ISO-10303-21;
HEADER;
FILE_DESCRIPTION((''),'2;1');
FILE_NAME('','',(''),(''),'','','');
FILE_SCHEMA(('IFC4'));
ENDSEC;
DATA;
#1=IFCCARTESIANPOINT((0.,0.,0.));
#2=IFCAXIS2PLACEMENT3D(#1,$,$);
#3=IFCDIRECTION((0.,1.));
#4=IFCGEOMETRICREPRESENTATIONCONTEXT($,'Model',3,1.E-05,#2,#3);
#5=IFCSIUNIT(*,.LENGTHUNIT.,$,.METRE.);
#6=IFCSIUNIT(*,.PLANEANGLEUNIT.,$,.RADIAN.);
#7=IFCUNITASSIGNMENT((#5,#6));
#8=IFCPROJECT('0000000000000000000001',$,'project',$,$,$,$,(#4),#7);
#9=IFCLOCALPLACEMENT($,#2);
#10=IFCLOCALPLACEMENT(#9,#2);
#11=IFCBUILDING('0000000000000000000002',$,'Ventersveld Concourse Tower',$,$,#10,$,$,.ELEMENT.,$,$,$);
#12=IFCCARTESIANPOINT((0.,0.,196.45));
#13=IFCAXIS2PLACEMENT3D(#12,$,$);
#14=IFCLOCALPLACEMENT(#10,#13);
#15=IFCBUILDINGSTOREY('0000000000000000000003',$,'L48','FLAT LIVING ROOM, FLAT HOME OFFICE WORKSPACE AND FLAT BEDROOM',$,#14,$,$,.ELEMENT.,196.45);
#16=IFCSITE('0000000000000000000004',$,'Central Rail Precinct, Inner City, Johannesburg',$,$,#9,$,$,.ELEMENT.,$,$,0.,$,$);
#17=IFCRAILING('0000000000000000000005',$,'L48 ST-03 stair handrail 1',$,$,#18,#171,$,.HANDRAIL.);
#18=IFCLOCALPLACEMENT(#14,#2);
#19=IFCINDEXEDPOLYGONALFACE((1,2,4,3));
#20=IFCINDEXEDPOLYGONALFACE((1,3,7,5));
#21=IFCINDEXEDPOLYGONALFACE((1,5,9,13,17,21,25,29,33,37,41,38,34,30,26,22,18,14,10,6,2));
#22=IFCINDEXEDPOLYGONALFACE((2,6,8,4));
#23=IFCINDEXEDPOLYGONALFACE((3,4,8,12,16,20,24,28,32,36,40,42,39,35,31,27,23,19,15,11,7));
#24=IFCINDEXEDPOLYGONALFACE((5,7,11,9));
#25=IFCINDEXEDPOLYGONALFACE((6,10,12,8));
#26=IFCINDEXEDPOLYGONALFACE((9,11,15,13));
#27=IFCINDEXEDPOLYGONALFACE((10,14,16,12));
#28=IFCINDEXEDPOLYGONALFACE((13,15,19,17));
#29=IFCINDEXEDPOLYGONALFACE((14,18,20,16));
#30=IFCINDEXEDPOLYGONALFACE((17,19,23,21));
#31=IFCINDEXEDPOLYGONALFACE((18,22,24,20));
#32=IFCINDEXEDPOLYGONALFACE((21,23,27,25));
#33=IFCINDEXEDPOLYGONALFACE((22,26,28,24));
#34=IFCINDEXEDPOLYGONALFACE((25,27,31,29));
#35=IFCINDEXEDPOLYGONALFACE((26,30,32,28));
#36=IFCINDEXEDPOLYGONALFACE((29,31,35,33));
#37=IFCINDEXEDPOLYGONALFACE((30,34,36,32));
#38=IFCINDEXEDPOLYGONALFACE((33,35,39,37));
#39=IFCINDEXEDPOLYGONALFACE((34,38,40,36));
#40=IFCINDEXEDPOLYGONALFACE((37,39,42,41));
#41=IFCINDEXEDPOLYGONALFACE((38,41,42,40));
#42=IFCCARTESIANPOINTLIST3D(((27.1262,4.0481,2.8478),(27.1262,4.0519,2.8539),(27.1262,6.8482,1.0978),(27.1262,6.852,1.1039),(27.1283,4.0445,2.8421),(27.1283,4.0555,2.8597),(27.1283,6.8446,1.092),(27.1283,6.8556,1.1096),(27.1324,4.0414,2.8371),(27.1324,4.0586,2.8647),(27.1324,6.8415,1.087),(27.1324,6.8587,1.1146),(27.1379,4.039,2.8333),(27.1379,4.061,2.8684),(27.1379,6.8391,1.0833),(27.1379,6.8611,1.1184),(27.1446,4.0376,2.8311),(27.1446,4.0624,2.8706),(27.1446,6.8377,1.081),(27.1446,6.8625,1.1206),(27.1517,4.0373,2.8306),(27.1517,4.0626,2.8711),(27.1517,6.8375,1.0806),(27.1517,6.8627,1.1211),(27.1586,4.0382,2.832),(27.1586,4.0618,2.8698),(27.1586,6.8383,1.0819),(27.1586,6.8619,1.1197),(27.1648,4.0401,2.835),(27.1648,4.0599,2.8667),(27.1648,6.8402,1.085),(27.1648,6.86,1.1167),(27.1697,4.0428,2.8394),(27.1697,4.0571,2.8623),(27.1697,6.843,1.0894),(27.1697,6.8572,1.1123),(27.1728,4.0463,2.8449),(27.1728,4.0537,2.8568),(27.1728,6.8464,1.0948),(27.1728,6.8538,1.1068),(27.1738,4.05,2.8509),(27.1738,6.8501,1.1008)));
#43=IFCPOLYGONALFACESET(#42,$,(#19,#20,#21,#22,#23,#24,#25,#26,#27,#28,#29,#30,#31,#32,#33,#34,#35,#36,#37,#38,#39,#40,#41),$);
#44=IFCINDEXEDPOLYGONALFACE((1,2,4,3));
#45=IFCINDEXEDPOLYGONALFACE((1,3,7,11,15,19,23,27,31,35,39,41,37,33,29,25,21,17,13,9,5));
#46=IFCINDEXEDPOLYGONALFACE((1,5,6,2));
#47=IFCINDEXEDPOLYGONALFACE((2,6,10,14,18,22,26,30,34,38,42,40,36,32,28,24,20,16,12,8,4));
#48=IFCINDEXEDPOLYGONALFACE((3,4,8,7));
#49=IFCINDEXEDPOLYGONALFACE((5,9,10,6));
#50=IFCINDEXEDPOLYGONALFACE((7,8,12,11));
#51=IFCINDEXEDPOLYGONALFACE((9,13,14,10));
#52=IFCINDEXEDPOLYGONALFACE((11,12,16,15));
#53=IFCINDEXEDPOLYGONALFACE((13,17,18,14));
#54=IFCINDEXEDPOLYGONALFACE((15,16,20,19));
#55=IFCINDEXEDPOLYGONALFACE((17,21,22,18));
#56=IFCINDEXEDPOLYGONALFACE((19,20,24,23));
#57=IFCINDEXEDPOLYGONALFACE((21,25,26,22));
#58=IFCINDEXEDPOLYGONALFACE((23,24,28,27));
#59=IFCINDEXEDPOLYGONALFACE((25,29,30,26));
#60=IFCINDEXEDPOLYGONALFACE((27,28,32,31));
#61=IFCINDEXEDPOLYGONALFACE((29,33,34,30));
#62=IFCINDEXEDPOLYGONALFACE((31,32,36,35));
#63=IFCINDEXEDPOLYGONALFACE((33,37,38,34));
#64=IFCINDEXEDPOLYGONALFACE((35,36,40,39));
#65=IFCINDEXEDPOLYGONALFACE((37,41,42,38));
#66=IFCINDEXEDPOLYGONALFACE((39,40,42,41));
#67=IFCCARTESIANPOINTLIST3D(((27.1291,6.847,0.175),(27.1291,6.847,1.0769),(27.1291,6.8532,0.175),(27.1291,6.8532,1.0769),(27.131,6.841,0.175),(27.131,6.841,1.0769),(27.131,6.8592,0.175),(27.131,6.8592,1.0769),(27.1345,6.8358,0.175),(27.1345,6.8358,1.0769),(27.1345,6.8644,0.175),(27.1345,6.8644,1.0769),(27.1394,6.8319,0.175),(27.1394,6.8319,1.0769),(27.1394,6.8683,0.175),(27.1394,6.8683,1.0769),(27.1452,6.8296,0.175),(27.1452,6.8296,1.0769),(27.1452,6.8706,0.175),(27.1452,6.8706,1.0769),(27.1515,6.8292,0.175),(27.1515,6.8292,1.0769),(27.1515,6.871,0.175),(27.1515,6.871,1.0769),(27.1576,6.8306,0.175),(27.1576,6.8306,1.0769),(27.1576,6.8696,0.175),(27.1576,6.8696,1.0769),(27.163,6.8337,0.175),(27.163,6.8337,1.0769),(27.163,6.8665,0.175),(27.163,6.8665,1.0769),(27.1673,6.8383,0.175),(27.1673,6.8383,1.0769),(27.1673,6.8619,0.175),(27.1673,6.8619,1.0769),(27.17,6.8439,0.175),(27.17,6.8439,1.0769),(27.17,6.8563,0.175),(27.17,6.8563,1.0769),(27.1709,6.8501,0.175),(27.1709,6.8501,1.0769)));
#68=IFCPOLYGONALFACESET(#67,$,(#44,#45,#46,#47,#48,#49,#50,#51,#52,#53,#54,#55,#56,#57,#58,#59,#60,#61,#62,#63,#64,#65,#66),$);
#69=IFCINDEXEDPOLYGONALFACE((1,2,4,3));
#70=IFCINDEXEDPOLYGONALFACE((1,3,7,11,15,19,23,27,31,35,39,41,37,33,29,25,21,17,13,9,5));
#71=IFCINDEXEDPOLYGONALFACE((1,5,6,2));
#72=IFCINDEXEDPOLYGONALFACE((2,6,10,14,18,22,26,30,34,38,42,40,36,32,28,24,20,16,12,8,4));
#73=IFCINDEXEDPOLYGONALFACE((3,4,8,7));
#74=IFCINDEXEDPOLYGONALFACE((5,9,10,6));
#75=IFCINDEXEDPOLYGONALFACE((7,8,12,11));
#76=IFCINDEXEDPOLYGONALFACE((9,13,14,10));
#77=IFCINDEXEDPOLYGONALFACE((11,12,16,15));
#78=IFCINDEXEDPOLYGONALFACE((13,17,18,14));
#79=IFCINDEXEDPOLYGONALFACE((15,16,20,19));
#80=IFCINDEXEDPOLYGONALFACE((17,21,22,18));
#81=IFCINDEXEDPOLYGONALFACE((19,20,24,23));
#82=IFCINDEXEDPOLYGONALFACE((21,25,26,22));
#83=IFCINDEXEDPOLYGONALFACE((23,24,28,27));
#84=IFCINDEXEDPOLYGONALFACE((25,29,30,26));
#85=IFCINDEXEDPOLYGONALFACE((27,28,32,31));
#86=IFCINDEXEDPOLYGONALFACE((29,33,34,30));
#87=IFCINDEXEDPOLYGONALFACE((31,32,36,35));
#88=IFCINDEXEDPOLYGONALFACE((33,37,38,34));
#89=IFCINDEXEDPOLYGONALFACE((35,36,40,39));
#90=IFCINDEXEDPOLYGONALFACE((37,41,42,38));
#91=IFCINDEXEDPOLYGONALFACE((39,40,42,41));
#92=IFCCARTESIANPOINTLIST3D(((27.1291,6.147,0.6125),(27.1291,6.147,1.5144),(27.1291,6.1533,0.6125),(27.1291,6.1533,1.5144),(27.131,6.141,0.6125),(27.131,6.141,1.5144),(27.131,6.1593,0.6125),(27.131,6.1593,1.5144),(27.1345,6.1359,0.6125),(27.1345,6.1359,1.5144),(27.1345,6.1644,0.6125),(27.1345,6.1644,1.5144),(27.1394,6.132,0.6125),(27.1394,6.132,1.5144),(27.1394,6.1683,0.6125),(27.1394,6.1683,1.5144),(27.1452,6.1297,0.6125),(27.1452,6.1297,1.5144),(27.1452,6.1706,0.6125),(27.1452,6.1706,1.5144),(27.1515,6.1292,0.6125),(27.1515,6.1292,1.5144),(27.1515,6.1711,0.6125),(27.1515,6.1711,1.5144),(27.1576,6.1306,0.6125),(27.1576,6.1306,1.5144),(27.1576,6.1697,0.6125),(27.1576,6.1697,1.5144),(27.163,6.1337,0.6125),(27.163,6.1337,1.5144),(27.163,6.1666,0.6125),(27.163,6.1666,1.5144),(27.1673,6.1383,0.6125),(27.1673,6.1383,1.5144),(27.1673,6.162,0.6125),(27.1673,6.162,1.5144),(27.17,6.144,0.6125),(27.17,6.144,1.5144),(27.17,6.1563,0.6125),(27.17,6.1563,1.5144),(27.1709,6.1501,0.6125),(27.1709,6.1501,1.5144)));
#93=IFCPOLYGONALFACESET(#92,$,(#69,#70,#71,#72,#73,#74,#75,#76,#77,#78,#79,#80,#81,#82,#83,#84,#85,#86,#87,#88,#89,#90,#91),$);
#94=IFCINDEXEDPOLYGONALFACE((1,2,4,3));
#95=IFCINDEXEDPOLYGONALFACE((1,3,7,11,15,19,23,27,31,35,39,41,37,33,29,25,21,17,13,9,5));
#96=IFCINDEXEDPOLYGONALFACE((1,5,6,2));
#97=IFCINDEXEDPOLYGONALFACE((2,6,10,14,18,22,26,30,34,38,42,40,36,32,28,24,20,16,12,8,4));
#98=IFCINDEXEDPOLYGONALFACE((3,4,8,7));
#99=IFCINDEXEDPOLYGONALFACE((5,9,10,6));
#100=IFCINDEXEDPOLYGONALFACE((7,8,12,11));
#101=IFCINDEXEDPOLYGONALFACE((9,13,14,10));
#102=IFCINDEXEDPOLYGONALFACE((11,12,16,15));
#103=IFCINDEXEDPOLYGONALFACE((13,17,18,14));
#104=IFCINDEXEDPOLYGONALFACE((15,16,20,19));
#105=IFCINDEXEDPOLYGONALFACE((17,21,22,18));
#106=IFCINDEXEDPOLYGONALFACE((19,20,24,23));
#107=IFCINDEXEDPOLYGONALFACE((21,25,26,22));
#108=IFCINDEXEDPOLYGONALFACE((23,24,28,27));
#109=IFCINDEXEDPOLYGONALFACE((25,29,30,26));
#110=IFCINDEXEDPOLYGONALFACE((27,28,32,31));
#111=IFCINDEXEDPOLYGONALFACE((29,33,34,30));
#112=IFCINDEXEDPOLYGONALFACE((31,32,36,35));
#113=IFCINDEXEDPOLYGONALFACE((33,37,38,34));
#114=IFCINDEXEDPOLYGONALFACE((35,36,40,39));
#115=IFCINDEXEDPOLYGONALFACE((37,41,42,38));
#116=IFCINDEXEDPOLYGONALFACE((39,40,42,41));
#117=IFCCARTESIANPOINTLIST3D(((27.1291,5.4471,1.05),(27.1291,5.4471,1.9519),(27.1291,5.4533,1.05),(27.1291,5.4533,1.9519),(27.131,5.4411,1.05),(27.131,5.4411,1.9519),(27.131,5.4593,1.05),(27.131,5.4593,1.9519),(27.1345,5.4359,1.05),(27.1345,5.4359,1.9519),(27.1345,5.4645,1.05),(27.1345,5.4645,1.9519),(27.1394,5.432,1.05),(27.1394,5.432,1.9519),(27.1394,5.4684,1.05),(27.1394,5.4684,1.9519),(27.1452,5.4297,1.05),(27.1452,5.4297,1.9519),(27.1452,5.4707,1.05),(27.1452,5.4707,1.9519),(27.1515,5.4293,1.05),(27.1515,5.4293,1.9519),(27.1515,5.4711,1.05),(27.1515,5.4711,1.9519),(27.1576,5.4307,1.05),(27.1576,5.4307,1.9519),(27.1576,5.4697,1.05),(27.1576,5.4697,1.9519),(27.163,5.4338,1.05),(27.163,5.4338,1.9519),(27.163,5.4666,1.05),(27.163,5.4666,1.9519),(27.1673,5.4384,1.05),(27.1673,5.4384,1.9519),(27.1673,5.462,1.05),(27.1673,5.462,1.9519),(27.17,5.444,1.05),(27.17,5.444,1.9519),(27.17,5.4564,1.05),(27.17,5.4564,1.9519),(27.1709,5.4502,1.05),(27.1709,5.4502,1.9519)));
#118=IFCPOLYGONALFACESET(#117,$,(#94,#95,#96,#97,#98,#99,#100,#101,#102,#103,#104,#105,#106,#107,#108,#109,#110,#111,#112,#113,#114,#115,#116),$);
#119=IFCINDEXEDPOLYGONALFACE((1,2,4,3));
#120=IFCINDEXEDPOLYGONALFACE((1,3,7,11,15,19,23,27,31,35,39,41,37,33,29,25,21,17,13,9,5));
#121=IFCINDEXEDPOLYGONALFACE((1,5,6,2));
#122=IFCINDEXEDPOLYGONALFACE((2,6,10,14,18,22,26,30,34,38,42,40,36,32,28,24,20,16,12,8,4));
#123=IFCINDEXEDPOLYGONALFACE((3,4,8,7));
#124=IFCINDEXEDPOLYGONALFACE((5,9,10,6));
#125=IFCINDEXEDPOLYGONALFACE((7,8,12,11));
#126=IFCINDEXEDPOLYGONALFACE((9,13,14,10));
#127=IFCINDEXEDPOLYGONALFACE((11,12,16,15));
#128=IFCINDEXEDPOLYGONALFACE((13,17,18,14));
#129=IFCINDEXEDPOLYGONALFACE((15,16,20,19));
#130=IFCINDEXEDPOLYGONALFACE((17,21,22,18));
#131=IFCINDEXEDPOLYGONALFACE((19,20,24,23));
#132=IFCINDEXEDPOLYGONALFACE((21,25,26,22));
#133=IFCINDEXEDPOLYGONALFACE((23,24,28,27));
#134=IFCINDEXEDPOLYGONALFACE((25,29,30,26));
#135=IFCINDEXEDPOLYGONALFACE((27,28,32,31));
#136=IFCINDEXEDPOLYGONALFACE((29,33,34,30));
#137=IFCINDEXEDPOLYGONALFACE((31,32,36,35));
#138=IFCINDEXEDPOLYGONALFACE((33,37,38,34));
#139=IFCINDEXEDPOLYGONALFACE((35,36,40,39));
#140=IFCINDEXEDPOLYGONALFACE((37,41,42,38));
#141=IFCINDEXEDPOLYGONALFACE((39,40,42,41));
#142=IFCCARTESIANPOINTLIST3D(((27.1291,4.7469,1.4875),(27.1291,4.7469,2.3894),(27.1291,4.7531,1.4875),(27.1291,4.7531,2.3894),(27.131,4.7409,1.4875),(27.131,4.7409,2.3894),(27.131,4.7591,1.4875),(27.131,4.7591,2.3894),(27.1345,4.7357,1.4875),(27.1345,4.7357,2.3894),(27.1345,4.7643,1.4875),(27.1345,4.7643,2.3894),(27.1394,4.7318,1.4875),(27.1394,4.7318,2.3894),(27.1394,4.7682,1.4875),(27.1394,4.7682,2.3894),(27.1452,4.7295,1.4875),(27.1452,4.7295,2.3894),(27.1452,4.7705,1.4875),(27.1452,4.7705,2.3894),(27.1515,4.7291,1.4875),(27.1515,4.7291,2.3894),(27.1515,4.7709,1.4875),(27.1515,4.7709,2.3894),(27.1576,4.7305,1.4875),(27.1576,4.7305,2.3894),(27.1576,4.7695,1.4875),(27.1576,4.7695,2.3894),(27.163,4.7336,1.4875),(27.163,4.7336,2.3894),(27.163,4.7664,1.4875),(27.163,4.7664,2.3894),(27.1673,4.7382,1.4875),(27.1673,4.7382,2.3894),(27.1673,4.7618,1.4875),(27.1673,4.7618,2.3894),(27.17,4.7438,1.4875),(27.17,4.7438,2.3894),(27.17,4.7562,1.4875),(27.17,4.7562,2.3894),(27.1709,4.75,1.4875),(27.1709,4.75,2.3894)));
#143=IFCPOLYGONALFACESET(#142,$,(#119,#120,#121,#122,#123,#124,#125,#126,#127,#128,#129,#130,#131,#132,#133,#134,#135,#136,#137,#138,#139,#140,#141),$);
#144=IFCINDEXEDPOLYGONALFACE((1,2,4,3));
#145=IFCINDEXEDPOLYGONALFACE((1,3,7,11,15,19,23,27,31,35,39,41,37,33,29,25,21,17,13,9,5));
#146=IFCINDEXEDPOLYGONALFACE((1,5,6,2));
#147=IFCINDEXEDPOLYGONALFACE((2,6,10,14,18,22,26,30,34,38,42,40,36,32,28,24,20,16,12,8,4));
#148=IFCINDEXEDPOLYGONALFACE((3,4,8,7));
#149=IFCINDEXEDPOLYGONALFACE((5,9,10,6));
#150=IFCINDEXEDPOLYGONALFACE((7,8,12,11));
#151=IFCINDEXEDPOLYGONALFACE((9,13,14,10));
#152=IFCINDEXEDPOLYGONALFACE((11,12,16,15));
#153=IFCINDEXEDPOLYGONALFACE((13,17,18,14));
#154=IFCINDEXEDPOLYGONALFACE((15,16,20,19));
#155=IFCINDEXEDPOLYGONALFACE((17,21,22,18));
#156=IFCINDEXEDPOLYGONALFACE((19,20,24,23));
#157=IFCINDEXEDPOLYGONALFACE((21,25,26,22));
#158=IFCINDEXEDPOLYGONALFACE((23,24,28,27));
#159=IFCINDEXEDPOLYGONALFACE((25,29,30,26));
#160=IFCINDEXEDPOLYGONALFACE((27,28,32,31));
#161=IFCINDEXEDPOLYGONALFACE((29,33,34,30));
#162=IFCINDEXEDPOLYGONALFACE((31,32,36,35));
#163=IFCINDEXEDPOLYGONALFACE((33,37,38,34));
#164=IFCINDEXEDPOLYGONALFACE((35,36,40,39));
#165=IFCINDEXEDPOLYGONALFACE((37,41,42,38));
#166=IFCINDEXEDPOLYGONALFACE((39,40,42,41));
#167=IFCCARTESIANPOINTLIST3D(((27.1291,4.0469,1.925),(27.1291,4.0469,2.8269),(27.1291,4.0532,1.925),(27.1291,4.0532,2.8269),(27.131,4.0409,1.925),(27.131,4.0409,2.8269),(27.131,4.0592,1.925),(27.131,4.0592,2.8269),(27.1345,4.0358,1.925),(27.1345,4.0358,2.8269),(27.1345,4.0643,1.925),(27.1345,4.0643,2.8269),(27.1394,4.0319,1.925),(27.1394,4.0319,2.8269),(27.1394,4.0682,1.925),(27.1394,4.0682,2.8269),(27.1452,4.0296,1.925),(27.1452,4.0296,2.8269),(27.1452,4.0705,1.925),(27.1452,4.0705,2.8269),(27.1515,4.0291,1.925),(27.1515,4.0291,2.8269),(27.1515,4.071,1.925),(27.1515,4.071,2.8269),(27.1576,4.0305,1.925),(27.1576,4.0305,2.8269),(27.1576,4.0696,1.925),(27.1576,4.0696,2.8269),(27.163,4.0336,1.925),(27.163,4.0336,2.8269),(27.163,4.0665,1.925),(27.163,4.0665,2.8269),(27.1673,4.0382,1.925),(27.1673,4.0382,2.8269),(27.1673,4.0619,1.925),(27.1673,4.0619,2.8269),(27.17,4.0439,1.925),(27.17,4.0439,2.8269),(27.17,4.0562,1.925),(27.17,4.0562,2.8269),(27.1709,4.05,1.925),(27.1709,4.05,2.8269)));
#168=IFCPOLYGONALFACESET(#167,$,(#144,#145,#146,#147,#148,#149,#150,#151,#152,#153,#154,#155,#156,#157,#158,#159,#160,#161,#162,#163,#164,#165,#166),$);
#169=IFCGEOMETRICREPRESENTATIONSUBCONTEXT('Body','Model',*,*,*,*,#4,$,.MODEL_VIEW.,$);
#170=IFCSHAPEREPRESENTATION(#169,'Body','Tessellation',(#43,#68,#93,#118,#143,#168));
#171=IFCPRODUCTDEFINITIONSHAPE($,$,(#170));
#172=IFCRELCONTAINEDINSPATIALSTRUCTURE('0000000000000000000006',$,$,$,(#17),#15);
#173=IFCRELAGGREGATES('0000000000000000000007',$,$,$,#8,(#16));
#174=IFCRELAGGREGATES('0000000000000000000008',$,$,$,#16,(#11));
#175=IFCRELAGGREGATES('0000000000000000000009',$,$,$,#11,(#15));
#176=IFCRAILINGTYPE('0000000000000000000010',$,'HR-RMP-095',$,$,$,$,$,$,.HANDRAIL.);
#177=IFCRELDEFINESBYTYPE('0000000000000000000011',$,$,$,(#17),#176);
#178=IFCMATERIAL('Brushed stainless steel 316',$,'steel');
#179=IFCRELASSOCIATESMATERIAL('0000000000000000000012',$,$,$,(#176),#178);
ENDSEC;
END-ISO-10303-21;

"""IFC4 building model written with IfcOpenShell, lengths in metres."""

from ifc_helpers import new_model, si_unit, direction, frame, origin, origin_2d, place, context, subcontext, project, spatial, circle, extrude, material, type_object, element, save


model = new_model("IFC4")

# Units and contexts
model_context = context("Model", 3, precision=1e-05, world=origin(), true_north=direction((0.0, 1.0)))
body_context = subcontext(model_context, "Body", "Model", "MODEL_VIEW")
ifc_project = project(units=[si_unit("LENGTHUNIT", "METRE"), si_unit("PLANEANGLEUNIT", "RADIAN")], contexts=[model_context])

# Site, building, storey
site_placement = place(None, origin())
site = spatial("IfcSite", under=ifc_project, at=site_placement, Name="Central Rail Precinct, Inner City, Johannesburg", CompositionType="ELEMENT", RefElevation=0.0)
building_placement = place(site_placement, origin())
building = spatial("IfcBuilding", under=site, at=building_placement, Name="Ventersveld Concourse Tower", CompositionType="ELEMENT")
storey_placement = place(building_placement, frame((0.0, 0.0, 196.45)))
storey = spatial("IfcBuildingStorey", under=building, at=storey_placement, Name="L48", Description="FLAT LIVING ROOM, FLAT HOME OFFICE WORKSPACE AND FLAT BEDROOM", CompositionType="ELEMENT", Elevation=196.45)

# Shared definitions
ifc_material_1 = material(Name="Brushed stainless steel 316", Category="steel")

# Railing
railing_type_1 = type_object("IfcRailingType", Name="HR-RMP-095", PredefinedType="HANDRAIL", material=ifc_material_1)
railing_1_placement = place(storey_placement, frame((27.1499, 6.8501, 0.175)))
element("IfcRailing", 1, at=railing_1_placement, inside=storey, type_object=railing_type_1, Name="L48 ST-03 stair handrail 1", PredefinedType="HANDRAIL", context=body_context, shape_type="SweptSolid", body=[
    extrude(circle(Radius=0.0239, at=origin_2d()), frame((0.0, 0.0, 0.9258), z_axis=(0.0, -0.848002, 0.529992), x_axis=(1.0, 0.0, 0.0)), (0.0, 0.0, 1.0), 3.302),
    extrude(circle(Radius=0.021, at=origin_2d()), origin(), (0.0, 0.0, 1.0), 0.9019),
    extrude(circle(Radius=0.021, at=origin_2d()), frame((0.0, -0.7, 0.4375)), (0.0, 0.0, 1.0), 0.9019),
    extrude(circle(Radius=0.021, at=origin_2d()), frame((0.0, -1.3999, 0.875)), (0.0, 0.0, 1.0), 0.9019),
    extrude(circle(Radius=0.021, at=origin_2d()), frame((0.0, -2.1001, 1.3125)), (0.0, 0.0, 1.0), 0.9019),
    extrude(circle(Radius=0.021, at=origin_2d()), frame((0.0, -2.8, 1.75)), (0.0, 0.0, 1.0), 0.9019),
])

save(model, "model.ifc")
